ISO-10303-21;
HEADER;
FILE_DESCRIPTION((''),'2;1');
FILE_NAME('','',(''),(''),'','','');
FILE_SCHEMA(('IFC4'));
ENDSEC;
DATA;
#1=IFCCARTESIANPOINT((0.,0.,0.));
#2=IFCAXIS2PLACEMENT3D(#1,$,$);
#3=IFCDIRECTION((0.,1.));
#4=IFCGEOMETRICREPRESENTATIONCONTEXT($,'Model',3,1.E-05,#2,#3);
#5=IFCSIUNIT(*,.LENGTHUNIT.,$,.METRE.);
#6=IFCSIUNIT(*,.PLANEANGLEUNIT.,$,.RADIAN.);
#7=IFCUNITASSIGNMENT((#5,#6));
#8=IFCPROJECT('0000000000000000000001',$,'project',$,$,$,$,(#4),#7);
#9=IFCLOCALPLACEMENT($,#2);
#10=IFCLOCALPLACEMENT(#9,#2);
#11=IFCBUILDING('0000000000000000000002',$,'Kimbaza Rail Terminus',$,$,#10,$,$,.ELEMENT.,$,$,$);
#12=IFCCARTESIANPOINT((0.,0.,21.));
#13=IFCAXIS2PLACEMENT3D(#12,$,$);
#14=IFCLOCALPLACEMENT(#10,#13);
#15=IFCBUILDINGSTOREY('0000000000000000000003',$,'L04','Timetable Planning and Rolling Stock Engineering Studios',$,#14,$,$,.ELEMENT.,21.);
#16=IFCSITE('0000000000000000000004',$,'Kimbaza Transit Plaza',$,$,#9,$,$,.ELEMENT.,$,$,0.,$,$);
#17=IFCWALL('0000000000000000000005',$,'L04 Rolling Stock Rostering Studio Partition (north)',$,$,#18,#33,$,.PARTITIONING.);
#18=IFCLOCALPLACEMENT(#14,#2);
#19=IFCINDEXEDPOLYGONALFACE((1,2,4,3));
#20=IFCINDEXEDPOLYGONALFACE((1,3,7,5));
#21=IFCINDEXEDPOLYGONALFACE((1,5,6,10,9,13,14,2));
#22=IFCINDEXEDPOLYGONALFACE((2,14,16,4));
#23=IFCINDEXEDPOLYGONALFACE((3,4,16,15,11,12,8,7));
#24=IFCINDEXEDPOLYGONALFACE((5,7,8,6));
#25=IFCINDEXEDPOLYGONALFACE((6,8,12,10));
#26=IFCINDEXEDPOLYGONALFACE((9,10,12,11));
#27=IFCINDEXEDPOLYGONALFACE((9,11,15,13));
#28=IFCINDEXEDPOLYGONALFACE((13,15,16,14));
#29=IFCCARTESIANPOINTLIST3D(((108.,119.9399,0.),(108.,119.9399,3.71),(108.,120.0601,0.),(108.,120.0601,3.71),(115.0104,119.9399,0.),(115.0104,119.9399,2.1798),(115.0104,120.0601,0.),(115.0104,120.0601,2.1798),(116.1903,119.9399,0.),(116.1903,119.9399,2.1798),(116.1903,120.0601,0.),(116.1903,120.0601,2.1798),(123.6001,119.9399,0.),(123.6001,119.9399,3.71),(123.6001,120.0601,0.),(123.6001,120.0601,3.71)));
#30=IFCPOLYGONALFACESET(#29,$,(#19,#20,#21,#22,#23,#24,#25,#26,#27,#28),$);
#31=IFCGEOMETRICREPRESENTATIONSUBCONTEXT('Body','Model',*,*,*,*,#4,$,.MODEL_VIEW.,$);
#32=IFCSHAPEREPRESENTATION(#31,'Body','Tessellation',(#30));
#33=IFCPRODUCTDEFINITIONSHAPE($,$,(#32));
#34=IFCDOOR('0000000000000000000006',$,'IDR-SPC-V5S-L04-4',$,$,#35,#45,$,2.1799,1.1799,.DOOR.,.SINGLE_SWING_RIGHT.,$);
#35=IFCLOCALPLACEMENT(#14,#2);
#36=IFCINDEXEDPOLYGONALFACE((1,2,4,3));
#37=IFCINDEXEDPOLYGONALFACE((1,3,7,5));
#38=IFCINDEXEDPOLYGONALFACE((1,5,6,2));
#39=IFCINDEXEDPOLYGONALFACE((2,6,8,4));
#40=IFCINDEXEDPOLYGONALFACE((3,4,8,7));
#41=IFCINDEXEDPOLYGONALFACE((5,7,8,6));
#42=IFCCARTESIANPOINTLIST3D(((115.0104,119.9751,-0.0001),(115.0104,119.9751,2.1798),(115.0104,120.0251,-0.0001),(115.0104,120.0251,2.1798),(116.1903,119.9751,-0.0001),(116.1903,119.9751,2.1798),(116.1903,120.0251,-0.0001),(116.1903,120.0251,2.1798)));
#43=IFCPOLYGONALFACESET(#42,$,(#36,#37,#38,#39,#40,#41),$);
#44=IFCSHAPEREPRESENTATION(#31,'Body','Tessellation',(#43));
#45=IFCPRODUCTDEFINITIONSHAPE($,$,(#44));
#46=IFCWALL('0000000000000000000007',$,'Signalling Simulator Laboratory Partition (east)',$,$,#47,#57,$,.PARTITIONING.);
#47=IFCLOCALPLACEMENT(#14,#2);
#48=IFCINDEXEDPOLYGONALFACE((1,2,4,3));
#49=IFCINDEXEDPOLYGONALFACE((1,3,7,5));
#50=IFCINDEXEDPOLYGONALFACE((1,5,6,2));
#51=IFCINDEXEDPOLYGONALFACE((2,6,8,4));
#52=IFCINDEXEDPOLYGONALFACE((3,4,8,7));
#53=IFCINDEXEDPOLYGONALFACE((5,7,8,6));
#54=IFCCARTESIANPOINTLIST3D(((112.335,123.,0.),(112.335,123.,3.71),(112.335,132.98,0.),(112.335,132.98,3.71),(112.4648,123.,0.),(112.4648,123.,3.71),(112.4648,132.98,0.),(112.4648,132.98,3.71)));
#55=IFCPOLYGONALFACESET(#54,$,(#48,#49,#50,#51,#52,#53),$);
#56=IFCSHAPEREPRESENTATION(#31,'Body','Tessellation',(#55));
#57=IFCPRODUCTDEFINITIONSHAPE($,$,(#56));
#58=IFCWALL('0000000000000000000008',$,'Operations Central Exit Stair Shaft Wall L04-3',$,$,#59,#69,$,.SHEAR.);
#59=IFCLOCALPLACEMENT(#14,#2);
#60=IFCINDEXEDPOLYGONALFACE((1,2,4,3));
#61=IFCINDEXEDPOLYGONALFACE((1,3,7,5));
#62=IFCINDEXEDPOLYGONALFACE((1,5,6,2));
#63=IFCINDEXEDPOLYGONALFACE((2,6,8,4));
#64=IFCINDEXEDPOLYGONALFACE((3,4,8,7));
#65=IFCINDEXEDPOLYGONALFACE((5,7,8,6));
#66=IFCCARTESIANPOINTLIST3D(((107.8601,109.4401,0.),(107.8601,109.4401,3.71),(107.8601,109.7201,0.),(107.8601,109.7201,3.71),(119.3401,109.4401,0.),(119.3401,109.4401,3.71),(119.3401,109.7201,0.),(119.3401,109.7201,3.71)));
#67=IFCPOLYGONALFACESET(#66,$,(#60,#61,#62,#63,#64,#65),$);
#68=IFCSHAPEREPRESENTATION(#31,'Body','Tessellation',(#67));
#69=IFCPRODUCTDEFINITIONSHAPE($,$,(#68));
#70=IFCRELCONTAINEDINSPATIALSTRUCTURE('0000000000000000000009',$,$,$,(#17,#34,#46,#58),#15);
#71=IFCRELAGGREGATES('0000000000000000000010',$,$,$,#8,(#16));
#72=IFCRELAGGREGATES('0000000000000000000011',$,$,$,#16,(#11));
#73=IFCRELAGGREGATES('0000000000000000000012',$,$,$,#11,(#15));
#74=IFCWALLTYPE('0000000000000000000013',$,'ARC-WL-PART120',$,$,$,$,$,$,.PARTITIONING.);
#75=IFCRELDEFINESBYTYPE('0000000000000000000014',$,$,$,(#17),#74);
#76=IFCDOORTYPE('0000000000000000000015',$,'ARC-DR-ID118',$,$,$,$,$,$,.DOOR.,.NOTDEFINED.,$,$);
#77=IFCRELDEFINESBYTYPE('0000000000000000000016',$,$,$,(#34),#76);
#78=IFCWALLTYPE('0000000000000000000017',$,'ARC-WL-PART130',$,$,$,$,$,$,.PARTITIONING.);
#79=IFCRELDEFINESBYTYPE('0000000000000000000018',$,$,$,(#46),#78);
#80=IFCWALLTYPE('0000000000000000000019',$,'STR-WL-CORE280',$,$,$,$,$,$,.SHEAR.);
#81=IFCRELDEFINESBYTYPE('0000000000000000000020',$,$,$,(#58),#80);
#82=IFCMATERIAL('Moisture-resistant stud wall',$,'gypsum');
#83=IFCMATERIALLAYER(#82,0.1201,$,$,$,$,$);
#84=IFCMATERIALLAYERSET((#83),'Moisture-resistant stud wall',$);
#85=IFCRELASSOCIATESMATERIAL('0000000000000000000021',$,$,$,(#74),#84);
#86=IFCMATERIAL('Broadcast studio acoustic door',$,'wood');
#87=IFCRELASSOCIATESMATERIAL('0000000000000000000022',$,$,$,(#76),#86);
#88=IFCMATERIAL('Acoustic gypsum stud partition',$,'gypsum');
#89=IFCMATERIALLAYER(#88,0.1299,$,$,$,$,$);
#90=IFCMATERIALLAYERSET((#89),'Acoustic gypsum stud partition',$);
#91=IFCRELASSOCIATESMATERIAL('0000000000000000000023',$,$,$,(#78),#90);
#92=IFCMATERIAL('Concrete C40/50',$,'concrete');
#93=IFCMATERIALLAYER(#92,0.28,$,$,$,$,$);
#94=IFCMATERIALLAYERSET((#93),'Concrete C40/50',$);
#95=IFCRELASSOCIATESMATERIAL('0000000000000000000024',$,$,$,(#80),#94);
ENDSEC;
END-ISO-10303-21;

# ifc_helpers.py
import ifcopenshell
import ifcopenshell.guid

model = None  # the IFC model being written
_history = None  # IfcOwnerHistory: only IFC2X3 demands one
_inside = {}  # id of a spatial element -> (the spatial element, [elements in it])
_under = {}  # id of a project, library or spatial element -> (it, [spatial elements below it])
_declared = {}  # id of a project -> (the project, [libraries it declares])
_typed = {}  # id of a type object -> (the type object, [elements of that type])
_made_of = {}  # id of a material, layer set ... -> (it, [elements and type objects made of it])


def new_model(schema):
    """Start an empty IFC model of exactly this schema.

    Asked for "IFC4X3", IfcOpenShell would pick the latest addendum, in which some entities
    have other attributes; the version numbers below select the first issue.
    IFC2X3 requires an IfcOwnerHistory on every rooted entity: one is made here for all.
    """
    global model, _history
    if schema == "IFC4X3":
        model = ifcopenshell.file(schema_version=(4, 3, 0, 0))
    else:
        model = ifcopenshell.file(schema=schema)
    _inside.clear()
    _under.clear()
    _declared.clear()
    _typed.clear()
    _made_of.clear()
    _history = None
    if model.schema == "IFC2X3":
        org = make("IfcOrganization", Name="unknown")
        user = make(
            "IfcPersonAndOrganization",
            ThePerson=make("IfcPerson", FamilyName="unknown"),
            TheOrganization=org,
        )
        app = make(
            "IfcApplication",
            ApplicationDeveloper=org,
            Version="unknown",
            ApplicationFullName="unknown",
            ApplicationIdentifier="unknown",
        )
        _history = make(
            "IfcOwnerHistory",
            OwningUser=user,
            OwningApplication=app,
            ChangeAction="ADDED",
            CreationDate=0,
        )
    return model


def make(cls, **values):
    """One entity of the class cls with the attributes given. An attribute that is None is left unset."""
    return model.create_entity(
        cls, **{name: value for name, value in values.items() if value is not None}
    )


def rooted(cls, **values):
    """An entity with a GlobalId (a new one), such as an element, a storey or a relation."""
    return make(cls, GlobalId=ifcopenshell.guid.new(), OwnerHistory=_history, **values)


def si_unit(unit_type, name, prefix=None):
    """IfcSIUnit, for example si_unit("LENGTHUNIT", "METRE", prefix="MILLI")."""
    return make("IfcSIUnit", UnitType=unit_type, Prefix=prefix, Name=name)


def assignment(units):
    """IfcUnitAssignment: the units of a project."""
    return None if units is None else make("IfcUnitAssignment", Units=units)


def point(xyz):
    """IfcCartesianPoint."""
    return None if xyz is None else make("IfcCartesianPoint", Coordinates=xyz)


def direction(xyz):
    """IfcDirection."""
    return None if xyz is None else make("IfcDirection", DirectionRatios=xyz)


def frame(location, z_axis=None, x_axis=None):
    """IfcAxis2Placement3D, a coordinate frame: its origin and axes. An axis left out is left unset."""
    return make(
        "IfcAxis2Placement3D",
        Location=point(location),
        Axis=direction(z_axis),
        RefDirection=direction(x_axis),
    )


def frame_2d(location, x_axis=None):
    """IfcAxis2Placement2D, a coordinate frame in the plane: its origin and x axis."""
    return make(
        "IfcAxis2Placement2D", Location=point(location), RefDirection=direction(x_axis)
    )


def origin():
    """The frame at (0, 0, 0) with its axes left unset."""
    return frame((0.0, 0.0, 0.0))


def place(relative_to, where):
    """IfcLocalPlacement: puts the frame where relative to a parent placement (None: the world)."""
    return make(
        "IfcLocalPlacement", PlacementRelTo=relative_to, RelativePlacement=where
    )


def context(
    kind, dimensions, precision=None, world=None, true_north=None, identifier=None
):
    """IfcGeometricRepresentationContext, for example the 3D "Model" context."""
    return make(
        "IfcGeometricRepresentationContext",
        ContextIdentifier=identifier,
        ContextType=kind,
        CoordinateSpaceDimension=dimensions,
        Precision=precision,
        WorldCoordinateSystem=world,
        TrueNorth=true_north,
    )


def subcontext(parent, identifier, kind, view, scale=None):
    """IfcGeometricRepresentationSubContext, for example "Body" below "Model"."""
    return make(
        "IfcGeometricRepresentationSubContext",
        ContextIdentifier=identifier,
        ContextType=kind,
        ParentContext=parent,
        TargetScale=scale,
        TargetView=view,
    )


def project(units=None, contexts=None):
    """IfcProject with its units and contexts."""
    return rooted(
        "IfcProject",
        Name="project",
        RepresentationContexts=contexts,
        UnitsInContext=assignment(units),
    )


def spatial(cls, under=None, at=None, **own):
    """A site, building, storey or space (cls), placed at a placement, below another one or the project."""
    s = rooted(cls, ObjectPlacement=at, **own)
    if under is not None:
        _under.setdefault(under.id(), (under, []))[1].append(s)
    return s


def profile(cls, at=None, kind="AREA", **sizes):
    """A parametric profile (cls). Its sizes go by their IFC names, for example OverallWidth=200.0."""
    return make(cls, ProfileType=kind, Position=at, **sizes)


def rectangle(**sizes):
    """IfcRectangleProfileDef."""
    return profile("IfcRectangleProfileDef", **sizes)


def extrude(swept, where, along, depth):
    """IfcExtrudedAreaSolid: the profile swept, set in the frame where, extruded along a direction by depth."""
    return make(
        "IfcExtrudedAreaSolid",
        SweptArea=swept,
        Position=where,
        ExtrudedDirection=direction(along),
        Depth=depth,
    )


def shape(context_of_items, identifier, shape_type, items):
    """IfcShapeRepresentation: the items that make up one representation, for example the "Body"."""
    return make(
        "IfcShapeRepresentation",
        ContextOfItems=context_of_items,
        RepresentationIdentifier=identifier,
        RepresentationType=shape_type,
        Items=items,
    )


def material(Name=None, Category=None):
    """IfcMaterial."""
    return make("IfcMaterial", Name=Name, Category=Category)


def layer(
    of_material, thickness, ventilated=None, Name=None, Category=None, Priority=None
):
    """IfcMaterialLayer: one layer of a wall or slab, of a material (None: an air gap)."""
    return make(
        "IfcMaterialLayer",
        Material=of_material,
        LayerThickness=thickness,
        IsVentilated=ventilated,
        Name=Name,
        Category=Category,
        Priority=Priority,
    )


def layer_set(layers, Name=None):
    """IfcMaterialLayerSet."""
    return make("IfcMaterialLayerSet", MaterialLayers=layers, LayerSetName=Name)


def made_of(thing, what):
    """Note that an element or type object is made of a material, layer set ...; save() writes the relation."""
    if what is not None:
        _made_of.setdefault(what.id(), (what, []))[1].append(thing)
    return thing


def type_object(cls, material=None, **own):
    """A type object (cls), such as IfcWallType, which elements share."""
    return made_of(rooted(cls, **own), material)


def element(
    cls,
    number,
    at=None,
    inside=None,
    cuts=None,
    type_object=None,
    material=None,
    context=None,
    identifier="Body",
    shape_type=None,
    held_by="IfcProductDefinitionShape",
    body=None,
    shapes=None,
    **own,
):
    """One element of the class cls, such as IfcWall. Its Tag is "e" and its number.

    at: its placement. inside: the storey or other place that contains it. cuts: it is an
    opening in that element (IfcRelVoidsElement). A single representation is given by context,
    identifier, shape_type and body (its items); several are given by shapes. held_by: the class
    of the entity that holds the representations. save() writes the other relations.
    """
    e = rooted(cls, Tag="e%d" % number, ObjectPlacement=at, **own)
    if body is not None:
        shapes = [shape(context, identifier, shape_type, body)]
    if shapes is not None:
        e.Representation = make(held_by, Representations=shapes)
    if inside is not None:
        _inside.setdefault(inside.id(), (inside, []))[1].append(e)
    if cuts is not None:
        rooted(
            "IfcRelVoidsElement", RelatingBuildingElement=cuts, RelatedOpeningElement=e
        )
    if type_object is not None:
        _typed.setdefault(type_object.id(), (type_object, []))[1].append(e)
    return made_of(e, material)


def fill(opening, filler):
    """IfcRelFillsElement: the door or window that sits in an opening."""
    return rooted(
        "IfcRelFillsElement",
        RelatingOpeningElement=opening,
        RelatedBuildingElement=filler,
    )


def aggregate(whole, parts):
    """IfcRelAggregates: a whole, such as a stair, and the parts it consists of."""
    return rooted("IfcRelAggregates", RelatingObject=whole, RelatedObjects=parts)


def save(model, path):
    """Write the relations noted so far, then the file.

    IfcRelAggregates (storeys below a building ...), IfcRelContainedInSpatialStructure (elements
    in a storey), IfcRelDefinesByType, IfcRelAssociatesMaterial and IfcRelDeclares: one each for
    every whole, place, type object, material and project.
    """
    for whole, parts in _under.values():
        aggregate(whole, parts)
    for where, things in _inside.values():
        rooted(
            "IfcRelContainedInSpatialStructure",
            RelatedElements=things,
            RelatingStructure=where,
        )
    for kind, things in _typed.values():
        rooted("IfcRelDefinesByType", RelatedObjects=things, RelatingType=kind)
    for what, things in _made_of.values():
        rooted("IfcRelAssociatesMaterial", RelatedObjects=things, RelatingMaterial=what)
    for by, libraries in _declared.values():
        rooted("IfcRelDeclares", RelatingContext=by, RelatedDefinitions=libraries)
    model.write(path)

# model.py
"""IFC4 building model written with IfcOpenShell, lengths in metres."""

from ifc_helpers import new_model, si_unit, direction, frame, frame_2d, origin, place, context, subcontext, project, spatial, rectangle, extrude, material, layer, layer_set, type_object, element, fill, save


model = new_model("IFC4")

# Units and contexts
model_context = context("Model", 3, precision=1e-05, world=origin(), true_north=direction((0.0, 1.0)))
body_context = subcontext(model_context, "Body", "Model", "MODEL_VIEW")
ifc_project = project(units=[si_unit("LENGTHUNIT", "METRE"), si_unit("PLANEANGLEUNIT", "RADIAN")], contexts=[model_context])

# Site, building, storey
site_placement = place(None, origin())
site = spatial("IfcSite", under=ifc_project, at=site_placement, Name="Kimbaza Transit Plaza", CompositionType="ELEMENT", RefElevation=0.0)
building_placement = place(site_placement, origin())
building = spatial("IfcBuilding", under=site, at=building_placement, Name="Kimbaza Rail Terminus", CompositionType="ELEMENT")
storey_placement = place(building_placement, frame((0.0, 0.0, 21.0)))
storey = spatial("IfcBuildingStorey", under=building, at=storey_placement, Name="L04", Description="Timetable Planning and Rolling Stock Engineering Studios", CompositionType="ELEMENT", Elevation=21.0)

# Shared definitions
ifc_material_1 = material(Name="Moisture-resistant stud wall", Category="gypsum")
ifc_layer_1 = layer(ifc_material_1, 0.1201)
ifc_layer_set_1 = layer_set([ifc_layer_1], Name="Moisture-resistant stud wall")
wall_type_1 = type_object("IfcWallType", Name="ARC-WL-PART120", PredefinedType="PARTITIONING", material=ifc_layer_set_1)

# Wall, opening, door
wall_1_placement = place(storey_placement, frame((123.6001, 120.0, 0.0), z_axis=(0.0, 0.0, 1.0), x_axis=(-1.0, 0.0, 0.0)))
wall_1 = element("IfcWall", 1, at=wall_1_placement, inside=storey, type_object=wall_type_1, Name="L04 Rolling Stock Rostering Studio Partition (north)", PredefinedType="PARTITIONING", context=body_context, shape_type="SweptSolid", body=[
    extrude(rectangle(XDim=15.6001, YDim=0.1201, at=frame_2d((7.8, 0.0))), origin(), (0.0, 0.0, 1.0), 3.71),
])
opening_1_placement = place(wall_1_placement, frame((7.4099, 0.0, 0.0)))
opening_1 = element("IfcOpeningElement", 2, at=opening_1_placement, cuts=wall_1, PredefinedType="OPENING", context=body_context, shape_type="SweptSolid", body=[
    extrude(rectangle(XDim=1.1799, YDim=2.1799, at=frame_2d((0.5898, 1.0898))), frame((0.0, 0.0701, 0.0), z_axis=(0.0, -1.0, 0.0), x_axis=(1.0, 0.0, 0.0)), (0.0, 0.0, 1.0), 0.1401),
])
ifc_material_2 = material(Name="Broadcast studio acoustic door", Category="wood")
door_type_1 = type_object("IfcDoorType", Name="ARC-DR-ID118", OperationType="NOTDEFINED", PredefinedType="DOOR", material=ifc_material_2)
door_1_placement = place(opening_1_placement, origin())
door_1 = element("IfcDoor", 3, at=door_1_placement, inside=storey, type_object=door_type_1, Name="IDR-SPC-V5S-L04-4", OperationType="SINGLE_SWING_RIGHT", OverallHeight=2.1799, OverallWidth=1.1799, PredefinedType="DOOR", context=body_context, shape_type="SweptSolid", body=[
    extrude(rectangle(XDim=1.1799, YDim=2.1799, at=frame_2d((0.5898, 1.0898))), frame((0.0, 0.0249, 0.0), z_axis=(0.0, -1.0, 0.0), x_axis=(1.0, 0.0, 0.0)), (0.0, 0.0, 1.0), 0.05),
])
fill(opening_1, door_1)

# Walls
ifc_material_3 = material(Name="Acoustic gypsum stud partition", Category="gypsum")
ifc_layer_2 = layer(ifc_material_3, 0.1299)
ifc_layer_set_2 = layer_set([ifc_layer_2], Name="Acoustic gypsum stud partition")
wall_type_2 = type_object("IfcWallType", Name="ARC-WL-PART130", PredefinedType="PARTITIONING", material=ifc_layer_set_2)
wall_2_placement = place(storey_placement, frame((112.3999, 123.0, 0.0), z_axis=(0.0, 0.0, 1.0), x_axis=(0.0, 1.0, 0.0)))
element("IfcWall", 4, at=wall_2_placement, inside=storey, type_object=wall_type_2, Name="Signalling Simulator Laboratory Partition (east)", PredefinedType="PARTITIONING", context=body_context, shape_type="SweptSolid", body=[
    extrude(rectangle(XDim=9.98, YDim=0.1299, at=frame_2d((4.99, 0.0))), origin(), (0.0, 0.0, 1.0), 3.71),
])
ifc_material_4 = material(Name="Concrete C40/50", Category="concrete")
ifc_layer_3 = layer(ifc_material_4, 0.28)
ifc_layer_set_3 = layer_set([ifc_layer_3], Name="Concrete C40/50")
wall_type_3 = type_object("IfcWallType", Name="STR-WL-CORE280", PredefinedType="SHEAR", material=ifc_layer_set_3)
wall_3_placement = place(storey_placement, frame((119.3401, 109.5801, 0.0), z_axis=(0.0, 0.0, 1.0), x_axis=(-1.0, 0.0, 0.0)))
element("IfcWall", 5, at=wall_3_placement, inside=storey, type_object=wall_type_3, Name="Operations Central Exit Stair Shaft Wall L04-3", PredefinedType="SHEAR", context=body_context, shape_type="SweptSolid", body=[
    extrude(rectangle(XDim=11.48, YDim=0.28, at=frame_2d((5.74, 0.0))), origin(), (0.0, 0.0, 1.0), 3.71),
])

save(model, "model.ifc")
